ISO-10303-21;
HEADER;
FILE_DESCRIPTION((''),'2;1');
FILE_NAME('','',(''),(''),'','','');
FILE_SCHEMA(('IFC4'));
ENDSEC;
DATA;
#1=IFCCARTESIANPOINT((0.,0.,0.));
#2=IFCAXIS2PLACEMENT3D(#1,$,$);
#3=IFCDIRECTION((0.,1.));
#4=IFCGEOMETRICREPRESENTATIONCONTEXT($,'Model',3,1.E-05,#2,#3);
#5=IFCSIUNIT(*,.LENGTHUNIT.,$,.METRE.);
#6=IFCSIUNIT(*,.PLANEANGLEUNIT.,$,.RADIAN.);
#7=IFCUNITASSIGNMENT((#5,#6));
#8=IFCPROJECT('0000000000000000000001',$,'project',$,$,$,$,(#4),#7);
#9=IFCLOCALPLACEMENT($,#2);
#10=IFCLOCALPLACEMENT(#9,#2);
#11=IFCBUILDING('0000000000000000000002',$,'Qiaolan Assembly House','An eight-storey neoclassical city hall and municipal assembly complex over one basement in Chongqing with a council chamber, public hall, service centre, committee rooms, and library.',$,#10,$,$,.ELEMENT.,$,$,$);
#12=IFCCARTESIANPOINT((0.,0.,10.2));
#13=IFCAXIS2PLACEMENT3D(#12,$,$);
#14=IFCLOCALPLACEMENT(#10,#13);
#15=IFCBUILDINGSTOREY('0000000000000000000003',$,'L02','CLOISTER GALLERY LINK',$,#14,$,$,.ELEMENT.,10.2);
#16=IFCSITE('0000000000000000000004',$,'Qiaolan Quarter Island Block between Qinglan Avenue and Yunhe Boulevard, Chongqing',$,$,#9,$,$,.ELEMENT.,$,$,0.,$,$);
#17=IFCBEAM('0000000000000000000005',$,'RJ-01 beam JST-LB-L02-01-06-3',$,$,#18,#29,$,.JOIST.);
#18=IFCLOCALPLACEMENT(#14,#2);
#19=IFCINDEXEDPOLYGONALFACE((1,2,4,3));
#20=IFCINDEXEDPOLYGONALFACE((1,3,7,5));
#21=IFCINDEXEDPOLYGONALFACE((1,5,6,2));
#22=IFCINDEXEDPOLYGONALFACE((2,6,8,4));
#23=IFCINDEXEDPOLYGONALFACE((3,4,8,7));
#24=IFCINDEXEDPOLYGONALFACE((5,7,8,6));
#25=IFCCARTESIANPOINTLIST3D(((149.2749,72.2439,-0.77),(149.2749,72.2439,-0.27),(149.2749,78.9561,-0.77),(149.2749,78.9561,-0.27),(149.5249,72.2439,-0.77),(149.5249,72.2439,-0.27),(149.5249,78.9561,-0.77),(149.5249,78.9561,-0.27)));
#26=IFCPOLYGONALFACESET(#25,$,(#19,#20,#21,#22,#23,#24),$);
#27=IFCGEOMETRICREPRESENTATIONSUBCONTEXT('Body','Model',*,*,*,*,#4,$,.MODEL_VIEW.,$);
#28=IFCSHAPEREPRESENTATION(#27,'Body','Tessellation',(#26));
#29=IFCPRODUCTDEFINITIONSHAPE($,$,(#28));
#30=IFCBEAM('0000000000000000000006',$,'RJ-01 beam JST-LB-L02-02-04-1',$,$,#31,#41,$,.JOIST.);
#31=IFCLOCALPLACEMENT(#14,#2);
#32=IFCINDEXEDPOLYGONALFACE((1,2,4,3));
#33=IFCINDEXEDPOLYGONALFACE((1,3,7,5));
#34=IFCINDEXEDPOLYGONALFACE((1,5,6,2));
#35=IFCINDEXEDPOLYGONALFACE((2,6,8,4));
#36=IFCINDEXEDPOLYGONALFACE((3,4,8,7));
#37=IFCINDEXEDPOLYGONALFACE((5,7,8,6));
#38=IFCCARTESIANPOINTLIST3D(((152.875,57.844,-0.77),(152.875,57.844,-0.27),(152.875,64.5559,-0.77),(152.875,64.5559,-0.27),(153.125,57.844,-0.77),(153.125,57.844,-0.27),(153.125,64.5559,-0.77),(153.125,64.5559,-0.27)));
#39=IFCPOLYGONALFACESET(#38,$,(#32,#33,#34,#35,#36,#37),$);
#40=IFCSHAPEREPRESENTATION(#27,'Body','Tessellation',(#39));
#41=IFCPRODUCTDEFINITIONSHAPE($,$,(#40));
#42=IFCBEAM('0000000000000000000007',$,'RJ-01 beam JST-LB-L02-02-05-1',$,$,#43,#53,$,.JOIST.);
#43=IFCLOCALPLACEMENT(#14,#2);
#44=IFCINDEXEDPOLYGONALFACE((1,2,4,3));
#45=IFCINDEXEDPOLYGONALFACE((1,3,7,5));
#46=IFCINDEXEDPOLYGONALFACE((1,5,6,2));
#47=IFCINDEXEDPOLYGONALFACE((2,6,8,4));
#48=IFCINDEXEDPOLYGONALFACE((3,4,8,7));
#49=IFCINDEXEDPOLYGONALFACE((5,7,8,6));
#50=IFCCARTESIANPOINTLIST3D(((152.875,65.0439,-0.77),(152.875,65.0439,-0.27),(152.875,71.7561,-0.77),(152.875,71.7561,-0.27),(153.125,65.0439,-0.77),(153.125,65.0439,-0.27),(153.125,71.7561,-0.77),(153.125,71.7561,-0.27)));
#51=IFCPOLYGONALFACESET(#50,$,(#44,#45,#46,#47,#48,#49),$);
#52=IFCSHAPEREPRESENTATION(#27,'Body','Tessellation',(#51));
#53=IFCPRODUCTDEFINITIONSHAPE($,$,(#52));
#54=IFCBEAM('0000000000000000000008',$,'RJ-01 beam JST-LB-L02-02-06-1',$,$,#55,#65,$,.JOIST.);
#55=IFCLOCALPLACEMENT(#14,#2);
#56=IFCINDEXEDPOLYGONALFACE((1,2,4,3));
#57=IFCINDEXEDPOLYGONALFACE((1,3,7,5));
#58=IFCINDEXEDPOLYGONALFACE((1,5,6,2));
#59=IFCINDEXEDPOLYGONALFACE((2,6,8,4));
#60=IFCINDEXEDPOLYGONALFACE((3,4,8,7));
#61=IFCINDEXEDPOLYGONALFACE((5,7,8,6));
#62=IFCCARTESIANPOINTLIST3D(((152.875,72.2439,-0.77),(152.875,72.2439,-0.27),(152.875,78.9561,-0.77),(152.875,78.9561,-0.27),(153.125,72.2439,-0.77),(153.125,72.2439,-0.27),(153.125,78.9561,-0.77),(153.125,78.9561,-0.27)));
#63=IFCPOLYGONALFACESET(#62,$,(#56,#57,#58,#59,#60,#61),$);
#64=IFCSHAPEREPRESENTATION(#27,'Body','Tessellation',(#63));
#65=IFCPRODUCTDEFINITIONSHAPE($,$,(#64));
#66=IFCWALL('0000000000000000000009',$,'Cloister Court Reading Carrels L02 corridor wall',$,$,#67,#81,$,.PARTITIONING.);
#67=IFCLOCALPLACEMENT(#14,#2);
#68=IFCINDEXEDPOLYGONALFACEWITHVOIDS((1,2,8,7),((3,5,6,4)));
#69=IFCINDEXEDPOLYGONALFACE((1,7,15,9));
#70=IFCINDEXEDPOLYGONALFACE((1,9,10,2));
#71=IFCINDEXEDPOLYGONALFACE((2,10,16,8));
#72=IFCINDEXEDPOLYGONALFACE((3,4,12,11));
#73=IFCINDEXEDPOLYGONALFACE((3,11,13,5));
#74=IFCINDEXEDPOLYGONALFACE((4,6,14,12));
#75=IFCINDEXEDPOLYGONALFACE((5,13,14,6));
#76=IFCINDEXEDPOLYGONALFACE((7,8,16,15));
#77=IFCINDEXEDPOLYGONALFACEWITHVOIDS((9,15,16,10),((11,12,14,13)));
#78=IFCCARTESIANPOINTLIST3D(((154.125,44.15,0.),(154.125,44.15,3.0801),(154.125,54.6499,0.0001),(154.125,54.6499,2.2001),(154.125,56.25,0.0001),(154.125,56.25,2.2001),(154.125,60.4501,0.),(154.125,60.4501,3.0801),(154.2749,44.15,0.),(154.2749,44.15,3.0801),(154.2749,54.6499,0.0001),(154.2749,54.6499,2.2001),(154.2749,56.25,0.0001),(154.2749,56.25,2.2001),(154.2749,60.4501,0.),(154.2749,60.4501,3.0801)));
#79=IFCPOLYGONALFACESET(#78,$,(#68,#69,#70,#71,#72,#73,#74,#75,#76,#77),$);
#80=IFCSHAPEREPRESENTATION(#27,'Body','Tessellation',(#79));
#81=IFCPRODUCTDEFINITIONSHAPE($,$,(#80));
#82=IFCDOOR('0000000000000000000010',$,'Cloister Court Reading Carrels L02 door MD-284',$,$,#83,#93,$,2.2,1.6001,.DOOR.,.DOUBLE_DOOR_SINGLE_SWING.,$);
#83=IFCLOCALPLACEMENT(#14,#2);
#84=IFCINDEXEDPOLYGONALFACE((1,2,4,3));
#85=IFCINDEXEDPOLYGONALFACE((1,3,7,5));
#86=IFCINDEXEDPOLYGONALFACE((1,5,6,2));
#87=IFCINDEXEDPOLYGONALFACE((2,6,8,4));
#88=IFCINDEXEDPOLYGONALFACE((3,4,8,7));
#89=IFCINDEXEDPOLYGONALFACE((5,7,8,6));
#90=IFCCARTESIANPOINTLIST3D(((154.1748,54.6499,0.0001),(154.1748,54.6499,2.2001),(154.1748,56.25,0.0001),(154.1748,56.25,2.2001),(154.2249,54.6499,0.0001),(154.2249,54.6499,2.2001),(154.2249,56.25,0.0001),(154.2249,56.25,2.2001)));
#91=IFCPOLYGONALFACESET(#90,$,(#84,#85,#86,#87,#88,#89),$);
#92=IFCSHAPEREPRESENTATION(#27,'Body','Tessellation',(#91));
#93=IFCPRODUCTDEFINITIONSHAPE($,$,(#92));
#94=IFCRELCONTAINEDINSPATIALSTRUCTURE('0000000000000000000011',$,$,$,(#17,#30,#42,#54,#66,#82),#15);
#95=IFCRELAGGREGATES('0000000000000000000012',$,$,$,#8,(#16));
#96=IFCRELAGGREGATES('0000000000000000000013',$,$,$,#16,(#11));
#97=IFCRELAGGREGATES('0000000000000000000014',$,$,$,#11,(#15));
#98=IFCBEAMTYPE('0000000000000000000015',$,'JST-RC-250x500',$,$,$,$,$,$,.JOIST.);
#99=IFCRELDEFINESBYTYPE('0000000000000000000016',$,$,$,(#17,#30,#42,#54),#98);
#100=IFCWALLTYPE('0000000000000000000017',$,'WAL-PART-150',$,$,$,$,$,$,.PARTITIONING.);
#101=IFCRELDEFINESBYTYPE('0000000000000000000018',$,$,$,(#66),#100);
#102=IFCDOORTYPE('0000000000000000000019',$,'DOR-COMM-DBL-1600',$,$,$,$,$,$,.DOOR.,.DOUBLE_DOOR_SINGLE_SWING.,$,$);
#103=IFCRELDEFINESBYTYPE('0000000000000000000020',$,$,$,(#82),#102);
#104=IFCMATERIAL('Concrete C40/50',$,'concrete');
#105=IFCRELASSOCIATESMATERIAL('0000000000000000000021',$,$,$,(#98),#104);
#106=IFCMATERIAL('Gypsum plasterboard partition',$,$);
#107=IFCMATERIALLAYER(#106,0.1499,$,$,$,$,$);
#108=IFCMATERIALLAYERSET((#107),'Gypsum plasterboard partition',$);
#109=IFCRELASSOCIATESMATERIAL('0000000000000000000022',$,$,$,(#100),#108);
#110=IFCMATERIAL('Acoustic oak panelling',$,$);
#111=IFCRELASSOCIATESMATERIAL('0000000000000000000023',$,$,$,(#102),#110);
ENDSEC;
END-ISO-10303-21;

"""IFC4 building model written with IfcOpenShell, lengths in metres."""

from ifc_helpers import new_model, si_unit, direction, frame, frame_2d, origin, origin_2d, place, context, subcontext, project, spatial, rectangle, extrude, material, layer, layer_set, material_profile, profile_set, type_object, element, fill, save


model = new_model("IFC4")

# Units and contexts
model_context = context("Model", 3, precision=1e-05, world=origin(), true_north=direction((0.0, 1.0)))
body_context = subcontext(model_context, "Body", "Model", "MODEL_VIEW")
ifc_project = project(units=[si_unit("LENGTHUNIT", "METRE"), si_unit("PLANEANGLEUNIT", "RADIAN")], contexts=[model_context])

# Site, building, storey
site_placement = place(None, origin())
site = spatial("IfcSite", under=ifc_project, at=site_placement, Name="Qiaolan Quarter Island Block between Qinglan Avenue and Yunhe Boulevard, Chongqing", CompositionType="ELEMENT", RefElevation=0.0)
building_placement = place(site_placement, origin())
building = spatial("IfcBuilding", under=site, at=building_placement, Name="Qiaolan Assembly House", Description="An eight-storey neoclassical city hall and municipal assembly complex over one basement in Chongqing with a council chamber, public hall, service centre, committee rooms, and library.", CompositionType="ELEMENT")
storey_placement = place(building_placement, frame((0.0, 0.0, 10.2)))
storey = spatial("IfcBuildingStorey", under=building, at=storey_placement, Name="L02", Description="CLOISTER GALLERY LINK", CompositionType="ELEMENT", Elevation=10.2)

# Shared definitions
ifc_material_1 = material(Name="Concrete C40/50", Category="concrete")

# Beams
ifc_material_profile_1 = material_profile(ifc_material_1, rectangle(XDim=0.25, YDim=0.5, at=origin_2d()), Name="RCB 250x500")
ifc_profile_set_1 = profile_set([ifc_material_profile_1], Name="Concrete C40/50")
beam_type_1 = type_object("IfcBeamType", Name="JST-RC-250x500", PredefinedType="JOIST", material=ifc_profile_set_1)
for number, where, z_axis, x_axis, name in (
    (1, (149.3999, 72.2439, -0.52), (0.0, 1.0, 0.0), (-1.0, 0.0, 0.0), "RJ-01 beam JST-LB-L02-01-06-3"),
):
    element("IfcBeam", number, at=place(storey_placement, frame(where, z_axis=z_axis, x_axis=x_axis)), inside=storey, type_object=beam_type_1, Name=name, PredefinedType="JOIST", context=body_context, shape_type="SweptSolid", body=[
        extrude(rectangle(XDim=0.25, YDim=0.5, at=origin_2d()), origin(), (0.0, 0.0, 1.0), 6.7122),
    ])
beam_placement = place(storey_placement, frame((153.0, 57.844, -0.52), z_axis=(0.0, 1.0, 0.0), x_axis=(-1.0, 0.0, 0.0)))
element("IfcBeam", 2, at=beam_placement, inside=storey, type_object=beam_type_1, Name="RJ-01 beam JST-LB-L02-02-04-1", PredefinedType="JOIST", context=body_context, shape_type="SweptSolid", body=[
    extrude(rectangle(XDim=0.25, YDim=0.5, at=origin_2d()), origin(), (0.0, 0.0, 1.0), 6.7119),
])
for number, where, z_axis, x_axis, name in (
    (3, (153.0, 65.0439, -0.52), (0.0, 1.0, 0.0), (-1.0, 0.0, 0.0), "RJ-01 beam JST-LB-L02-02-05-1"),
    (4, (153.0, 72.2439, -0.52), (0.0, 1.0, 0.0), (-1.0, 0.0, 0.0), "RJ-01 beam JST-LB-L02-02-06-1"),
):
    element("IfcBeam", number, at=place(storey_placement, frame(where, z_axis=z_axis, x_axis=x_axis)), inside=storey, type_object=beam_type_1, Name=name, PredefinedType="JOIST", context=body_context, shape_type="SweptSolid", body=[
        extrude(rectangle(XDim=0.25, YDim=0.5, at=origin_2d()), origin(), (0.0, 0.0, 1.0), 6.7122),
    ])

# Wall, opening, door
ifc_material_2 = material(Name="Gypsum plasterboard partition")
ifc_layer = layer(ifc_material_2, 0.1499)
ifc_layer_set = layer_set([ifc_layer], Name="Gypsum plasterboard partition")
wall_type = type_object("IfcWallType", Name="WAL-PART-150", PredefinedType="PARTITIONING", material=ifc_layer_set)
wall_placement = place(storey_placement, frame((154.2, 60.45, 0.0), z_axis=(0.0, 0.0, 1.0), x_axis=(0.0, -1.0, 0.0)))
wall = element("IfcWall", 5, at=wall_placement, inside=storey, type_object=wall_type, Name="Cloister Court Reading Carrels L02 corridor wall", PredefinedType="PARTITIONING", context=body_context, shape_type="SweptSolid", body=[
    extrude(rectangle(XDim=16.3, YDim=0.1499, at=frame_2d((8.1499, 0.0))), origin(), (0.0, 0.0, 1.0), 3.0801),
])
opening_placement = place(wall_placement, frame((4.2, 0.0, 0.0)))
opening = element("IfcOpeningElement", 6, at=opening_placement, cuts=wall, PredefinedType="OPENING", context=body_context, shape_type="SweptSolid", body=[
    extrude(rectangle(XDim=1.6001, YDim=2.2, at=frame_2d((0.8, 1.1001))), frame((0.0, 0.085, 0.0), z_axis=(0.0, -1.0, 0.0), x_axis=(1.0, 0.0, 0.0)), (0.0, 0.0, 1.0), 0.1699),
])
ifc_material_3 = material(Name="Acoustic oak panelling")
door_type = type_object("IfcDoorType", Name="DOR-COMM-DBL-1600", OperationType="DOUBLE_DOOR_SINGLE_SWING", PredefinedType="DOOR", material=ifc_material_3)
door_placement = place(opening_placement, origin())
door = element("IfcDoor", 7, at=door_placement, inside=storey, type_object=door_type, Name="Cloister Court Reading Carrels L02 door MD-284", OperationType="DOUBLE_DOOR_SINGLE_SWING", OverallHeight=2.2, OverallWidth=1.6001, PredefinedType="DOOR", context=body_context, shape_type="SweptSolid", body=[
    extrude(rectangle(XDim=1.6001, YDim=2.2, at=frame_2d((0.8, 1.1001))), frame((0.0, 0.0249, 0.0), z_axis=(0.0, -1.0, 0.0), x_axis=(1.0, 0.0, 0.0)), (0.0, 0.0, 1.0), 0.05),
])
fill(opening, door)

save(model, "model.ifc")
